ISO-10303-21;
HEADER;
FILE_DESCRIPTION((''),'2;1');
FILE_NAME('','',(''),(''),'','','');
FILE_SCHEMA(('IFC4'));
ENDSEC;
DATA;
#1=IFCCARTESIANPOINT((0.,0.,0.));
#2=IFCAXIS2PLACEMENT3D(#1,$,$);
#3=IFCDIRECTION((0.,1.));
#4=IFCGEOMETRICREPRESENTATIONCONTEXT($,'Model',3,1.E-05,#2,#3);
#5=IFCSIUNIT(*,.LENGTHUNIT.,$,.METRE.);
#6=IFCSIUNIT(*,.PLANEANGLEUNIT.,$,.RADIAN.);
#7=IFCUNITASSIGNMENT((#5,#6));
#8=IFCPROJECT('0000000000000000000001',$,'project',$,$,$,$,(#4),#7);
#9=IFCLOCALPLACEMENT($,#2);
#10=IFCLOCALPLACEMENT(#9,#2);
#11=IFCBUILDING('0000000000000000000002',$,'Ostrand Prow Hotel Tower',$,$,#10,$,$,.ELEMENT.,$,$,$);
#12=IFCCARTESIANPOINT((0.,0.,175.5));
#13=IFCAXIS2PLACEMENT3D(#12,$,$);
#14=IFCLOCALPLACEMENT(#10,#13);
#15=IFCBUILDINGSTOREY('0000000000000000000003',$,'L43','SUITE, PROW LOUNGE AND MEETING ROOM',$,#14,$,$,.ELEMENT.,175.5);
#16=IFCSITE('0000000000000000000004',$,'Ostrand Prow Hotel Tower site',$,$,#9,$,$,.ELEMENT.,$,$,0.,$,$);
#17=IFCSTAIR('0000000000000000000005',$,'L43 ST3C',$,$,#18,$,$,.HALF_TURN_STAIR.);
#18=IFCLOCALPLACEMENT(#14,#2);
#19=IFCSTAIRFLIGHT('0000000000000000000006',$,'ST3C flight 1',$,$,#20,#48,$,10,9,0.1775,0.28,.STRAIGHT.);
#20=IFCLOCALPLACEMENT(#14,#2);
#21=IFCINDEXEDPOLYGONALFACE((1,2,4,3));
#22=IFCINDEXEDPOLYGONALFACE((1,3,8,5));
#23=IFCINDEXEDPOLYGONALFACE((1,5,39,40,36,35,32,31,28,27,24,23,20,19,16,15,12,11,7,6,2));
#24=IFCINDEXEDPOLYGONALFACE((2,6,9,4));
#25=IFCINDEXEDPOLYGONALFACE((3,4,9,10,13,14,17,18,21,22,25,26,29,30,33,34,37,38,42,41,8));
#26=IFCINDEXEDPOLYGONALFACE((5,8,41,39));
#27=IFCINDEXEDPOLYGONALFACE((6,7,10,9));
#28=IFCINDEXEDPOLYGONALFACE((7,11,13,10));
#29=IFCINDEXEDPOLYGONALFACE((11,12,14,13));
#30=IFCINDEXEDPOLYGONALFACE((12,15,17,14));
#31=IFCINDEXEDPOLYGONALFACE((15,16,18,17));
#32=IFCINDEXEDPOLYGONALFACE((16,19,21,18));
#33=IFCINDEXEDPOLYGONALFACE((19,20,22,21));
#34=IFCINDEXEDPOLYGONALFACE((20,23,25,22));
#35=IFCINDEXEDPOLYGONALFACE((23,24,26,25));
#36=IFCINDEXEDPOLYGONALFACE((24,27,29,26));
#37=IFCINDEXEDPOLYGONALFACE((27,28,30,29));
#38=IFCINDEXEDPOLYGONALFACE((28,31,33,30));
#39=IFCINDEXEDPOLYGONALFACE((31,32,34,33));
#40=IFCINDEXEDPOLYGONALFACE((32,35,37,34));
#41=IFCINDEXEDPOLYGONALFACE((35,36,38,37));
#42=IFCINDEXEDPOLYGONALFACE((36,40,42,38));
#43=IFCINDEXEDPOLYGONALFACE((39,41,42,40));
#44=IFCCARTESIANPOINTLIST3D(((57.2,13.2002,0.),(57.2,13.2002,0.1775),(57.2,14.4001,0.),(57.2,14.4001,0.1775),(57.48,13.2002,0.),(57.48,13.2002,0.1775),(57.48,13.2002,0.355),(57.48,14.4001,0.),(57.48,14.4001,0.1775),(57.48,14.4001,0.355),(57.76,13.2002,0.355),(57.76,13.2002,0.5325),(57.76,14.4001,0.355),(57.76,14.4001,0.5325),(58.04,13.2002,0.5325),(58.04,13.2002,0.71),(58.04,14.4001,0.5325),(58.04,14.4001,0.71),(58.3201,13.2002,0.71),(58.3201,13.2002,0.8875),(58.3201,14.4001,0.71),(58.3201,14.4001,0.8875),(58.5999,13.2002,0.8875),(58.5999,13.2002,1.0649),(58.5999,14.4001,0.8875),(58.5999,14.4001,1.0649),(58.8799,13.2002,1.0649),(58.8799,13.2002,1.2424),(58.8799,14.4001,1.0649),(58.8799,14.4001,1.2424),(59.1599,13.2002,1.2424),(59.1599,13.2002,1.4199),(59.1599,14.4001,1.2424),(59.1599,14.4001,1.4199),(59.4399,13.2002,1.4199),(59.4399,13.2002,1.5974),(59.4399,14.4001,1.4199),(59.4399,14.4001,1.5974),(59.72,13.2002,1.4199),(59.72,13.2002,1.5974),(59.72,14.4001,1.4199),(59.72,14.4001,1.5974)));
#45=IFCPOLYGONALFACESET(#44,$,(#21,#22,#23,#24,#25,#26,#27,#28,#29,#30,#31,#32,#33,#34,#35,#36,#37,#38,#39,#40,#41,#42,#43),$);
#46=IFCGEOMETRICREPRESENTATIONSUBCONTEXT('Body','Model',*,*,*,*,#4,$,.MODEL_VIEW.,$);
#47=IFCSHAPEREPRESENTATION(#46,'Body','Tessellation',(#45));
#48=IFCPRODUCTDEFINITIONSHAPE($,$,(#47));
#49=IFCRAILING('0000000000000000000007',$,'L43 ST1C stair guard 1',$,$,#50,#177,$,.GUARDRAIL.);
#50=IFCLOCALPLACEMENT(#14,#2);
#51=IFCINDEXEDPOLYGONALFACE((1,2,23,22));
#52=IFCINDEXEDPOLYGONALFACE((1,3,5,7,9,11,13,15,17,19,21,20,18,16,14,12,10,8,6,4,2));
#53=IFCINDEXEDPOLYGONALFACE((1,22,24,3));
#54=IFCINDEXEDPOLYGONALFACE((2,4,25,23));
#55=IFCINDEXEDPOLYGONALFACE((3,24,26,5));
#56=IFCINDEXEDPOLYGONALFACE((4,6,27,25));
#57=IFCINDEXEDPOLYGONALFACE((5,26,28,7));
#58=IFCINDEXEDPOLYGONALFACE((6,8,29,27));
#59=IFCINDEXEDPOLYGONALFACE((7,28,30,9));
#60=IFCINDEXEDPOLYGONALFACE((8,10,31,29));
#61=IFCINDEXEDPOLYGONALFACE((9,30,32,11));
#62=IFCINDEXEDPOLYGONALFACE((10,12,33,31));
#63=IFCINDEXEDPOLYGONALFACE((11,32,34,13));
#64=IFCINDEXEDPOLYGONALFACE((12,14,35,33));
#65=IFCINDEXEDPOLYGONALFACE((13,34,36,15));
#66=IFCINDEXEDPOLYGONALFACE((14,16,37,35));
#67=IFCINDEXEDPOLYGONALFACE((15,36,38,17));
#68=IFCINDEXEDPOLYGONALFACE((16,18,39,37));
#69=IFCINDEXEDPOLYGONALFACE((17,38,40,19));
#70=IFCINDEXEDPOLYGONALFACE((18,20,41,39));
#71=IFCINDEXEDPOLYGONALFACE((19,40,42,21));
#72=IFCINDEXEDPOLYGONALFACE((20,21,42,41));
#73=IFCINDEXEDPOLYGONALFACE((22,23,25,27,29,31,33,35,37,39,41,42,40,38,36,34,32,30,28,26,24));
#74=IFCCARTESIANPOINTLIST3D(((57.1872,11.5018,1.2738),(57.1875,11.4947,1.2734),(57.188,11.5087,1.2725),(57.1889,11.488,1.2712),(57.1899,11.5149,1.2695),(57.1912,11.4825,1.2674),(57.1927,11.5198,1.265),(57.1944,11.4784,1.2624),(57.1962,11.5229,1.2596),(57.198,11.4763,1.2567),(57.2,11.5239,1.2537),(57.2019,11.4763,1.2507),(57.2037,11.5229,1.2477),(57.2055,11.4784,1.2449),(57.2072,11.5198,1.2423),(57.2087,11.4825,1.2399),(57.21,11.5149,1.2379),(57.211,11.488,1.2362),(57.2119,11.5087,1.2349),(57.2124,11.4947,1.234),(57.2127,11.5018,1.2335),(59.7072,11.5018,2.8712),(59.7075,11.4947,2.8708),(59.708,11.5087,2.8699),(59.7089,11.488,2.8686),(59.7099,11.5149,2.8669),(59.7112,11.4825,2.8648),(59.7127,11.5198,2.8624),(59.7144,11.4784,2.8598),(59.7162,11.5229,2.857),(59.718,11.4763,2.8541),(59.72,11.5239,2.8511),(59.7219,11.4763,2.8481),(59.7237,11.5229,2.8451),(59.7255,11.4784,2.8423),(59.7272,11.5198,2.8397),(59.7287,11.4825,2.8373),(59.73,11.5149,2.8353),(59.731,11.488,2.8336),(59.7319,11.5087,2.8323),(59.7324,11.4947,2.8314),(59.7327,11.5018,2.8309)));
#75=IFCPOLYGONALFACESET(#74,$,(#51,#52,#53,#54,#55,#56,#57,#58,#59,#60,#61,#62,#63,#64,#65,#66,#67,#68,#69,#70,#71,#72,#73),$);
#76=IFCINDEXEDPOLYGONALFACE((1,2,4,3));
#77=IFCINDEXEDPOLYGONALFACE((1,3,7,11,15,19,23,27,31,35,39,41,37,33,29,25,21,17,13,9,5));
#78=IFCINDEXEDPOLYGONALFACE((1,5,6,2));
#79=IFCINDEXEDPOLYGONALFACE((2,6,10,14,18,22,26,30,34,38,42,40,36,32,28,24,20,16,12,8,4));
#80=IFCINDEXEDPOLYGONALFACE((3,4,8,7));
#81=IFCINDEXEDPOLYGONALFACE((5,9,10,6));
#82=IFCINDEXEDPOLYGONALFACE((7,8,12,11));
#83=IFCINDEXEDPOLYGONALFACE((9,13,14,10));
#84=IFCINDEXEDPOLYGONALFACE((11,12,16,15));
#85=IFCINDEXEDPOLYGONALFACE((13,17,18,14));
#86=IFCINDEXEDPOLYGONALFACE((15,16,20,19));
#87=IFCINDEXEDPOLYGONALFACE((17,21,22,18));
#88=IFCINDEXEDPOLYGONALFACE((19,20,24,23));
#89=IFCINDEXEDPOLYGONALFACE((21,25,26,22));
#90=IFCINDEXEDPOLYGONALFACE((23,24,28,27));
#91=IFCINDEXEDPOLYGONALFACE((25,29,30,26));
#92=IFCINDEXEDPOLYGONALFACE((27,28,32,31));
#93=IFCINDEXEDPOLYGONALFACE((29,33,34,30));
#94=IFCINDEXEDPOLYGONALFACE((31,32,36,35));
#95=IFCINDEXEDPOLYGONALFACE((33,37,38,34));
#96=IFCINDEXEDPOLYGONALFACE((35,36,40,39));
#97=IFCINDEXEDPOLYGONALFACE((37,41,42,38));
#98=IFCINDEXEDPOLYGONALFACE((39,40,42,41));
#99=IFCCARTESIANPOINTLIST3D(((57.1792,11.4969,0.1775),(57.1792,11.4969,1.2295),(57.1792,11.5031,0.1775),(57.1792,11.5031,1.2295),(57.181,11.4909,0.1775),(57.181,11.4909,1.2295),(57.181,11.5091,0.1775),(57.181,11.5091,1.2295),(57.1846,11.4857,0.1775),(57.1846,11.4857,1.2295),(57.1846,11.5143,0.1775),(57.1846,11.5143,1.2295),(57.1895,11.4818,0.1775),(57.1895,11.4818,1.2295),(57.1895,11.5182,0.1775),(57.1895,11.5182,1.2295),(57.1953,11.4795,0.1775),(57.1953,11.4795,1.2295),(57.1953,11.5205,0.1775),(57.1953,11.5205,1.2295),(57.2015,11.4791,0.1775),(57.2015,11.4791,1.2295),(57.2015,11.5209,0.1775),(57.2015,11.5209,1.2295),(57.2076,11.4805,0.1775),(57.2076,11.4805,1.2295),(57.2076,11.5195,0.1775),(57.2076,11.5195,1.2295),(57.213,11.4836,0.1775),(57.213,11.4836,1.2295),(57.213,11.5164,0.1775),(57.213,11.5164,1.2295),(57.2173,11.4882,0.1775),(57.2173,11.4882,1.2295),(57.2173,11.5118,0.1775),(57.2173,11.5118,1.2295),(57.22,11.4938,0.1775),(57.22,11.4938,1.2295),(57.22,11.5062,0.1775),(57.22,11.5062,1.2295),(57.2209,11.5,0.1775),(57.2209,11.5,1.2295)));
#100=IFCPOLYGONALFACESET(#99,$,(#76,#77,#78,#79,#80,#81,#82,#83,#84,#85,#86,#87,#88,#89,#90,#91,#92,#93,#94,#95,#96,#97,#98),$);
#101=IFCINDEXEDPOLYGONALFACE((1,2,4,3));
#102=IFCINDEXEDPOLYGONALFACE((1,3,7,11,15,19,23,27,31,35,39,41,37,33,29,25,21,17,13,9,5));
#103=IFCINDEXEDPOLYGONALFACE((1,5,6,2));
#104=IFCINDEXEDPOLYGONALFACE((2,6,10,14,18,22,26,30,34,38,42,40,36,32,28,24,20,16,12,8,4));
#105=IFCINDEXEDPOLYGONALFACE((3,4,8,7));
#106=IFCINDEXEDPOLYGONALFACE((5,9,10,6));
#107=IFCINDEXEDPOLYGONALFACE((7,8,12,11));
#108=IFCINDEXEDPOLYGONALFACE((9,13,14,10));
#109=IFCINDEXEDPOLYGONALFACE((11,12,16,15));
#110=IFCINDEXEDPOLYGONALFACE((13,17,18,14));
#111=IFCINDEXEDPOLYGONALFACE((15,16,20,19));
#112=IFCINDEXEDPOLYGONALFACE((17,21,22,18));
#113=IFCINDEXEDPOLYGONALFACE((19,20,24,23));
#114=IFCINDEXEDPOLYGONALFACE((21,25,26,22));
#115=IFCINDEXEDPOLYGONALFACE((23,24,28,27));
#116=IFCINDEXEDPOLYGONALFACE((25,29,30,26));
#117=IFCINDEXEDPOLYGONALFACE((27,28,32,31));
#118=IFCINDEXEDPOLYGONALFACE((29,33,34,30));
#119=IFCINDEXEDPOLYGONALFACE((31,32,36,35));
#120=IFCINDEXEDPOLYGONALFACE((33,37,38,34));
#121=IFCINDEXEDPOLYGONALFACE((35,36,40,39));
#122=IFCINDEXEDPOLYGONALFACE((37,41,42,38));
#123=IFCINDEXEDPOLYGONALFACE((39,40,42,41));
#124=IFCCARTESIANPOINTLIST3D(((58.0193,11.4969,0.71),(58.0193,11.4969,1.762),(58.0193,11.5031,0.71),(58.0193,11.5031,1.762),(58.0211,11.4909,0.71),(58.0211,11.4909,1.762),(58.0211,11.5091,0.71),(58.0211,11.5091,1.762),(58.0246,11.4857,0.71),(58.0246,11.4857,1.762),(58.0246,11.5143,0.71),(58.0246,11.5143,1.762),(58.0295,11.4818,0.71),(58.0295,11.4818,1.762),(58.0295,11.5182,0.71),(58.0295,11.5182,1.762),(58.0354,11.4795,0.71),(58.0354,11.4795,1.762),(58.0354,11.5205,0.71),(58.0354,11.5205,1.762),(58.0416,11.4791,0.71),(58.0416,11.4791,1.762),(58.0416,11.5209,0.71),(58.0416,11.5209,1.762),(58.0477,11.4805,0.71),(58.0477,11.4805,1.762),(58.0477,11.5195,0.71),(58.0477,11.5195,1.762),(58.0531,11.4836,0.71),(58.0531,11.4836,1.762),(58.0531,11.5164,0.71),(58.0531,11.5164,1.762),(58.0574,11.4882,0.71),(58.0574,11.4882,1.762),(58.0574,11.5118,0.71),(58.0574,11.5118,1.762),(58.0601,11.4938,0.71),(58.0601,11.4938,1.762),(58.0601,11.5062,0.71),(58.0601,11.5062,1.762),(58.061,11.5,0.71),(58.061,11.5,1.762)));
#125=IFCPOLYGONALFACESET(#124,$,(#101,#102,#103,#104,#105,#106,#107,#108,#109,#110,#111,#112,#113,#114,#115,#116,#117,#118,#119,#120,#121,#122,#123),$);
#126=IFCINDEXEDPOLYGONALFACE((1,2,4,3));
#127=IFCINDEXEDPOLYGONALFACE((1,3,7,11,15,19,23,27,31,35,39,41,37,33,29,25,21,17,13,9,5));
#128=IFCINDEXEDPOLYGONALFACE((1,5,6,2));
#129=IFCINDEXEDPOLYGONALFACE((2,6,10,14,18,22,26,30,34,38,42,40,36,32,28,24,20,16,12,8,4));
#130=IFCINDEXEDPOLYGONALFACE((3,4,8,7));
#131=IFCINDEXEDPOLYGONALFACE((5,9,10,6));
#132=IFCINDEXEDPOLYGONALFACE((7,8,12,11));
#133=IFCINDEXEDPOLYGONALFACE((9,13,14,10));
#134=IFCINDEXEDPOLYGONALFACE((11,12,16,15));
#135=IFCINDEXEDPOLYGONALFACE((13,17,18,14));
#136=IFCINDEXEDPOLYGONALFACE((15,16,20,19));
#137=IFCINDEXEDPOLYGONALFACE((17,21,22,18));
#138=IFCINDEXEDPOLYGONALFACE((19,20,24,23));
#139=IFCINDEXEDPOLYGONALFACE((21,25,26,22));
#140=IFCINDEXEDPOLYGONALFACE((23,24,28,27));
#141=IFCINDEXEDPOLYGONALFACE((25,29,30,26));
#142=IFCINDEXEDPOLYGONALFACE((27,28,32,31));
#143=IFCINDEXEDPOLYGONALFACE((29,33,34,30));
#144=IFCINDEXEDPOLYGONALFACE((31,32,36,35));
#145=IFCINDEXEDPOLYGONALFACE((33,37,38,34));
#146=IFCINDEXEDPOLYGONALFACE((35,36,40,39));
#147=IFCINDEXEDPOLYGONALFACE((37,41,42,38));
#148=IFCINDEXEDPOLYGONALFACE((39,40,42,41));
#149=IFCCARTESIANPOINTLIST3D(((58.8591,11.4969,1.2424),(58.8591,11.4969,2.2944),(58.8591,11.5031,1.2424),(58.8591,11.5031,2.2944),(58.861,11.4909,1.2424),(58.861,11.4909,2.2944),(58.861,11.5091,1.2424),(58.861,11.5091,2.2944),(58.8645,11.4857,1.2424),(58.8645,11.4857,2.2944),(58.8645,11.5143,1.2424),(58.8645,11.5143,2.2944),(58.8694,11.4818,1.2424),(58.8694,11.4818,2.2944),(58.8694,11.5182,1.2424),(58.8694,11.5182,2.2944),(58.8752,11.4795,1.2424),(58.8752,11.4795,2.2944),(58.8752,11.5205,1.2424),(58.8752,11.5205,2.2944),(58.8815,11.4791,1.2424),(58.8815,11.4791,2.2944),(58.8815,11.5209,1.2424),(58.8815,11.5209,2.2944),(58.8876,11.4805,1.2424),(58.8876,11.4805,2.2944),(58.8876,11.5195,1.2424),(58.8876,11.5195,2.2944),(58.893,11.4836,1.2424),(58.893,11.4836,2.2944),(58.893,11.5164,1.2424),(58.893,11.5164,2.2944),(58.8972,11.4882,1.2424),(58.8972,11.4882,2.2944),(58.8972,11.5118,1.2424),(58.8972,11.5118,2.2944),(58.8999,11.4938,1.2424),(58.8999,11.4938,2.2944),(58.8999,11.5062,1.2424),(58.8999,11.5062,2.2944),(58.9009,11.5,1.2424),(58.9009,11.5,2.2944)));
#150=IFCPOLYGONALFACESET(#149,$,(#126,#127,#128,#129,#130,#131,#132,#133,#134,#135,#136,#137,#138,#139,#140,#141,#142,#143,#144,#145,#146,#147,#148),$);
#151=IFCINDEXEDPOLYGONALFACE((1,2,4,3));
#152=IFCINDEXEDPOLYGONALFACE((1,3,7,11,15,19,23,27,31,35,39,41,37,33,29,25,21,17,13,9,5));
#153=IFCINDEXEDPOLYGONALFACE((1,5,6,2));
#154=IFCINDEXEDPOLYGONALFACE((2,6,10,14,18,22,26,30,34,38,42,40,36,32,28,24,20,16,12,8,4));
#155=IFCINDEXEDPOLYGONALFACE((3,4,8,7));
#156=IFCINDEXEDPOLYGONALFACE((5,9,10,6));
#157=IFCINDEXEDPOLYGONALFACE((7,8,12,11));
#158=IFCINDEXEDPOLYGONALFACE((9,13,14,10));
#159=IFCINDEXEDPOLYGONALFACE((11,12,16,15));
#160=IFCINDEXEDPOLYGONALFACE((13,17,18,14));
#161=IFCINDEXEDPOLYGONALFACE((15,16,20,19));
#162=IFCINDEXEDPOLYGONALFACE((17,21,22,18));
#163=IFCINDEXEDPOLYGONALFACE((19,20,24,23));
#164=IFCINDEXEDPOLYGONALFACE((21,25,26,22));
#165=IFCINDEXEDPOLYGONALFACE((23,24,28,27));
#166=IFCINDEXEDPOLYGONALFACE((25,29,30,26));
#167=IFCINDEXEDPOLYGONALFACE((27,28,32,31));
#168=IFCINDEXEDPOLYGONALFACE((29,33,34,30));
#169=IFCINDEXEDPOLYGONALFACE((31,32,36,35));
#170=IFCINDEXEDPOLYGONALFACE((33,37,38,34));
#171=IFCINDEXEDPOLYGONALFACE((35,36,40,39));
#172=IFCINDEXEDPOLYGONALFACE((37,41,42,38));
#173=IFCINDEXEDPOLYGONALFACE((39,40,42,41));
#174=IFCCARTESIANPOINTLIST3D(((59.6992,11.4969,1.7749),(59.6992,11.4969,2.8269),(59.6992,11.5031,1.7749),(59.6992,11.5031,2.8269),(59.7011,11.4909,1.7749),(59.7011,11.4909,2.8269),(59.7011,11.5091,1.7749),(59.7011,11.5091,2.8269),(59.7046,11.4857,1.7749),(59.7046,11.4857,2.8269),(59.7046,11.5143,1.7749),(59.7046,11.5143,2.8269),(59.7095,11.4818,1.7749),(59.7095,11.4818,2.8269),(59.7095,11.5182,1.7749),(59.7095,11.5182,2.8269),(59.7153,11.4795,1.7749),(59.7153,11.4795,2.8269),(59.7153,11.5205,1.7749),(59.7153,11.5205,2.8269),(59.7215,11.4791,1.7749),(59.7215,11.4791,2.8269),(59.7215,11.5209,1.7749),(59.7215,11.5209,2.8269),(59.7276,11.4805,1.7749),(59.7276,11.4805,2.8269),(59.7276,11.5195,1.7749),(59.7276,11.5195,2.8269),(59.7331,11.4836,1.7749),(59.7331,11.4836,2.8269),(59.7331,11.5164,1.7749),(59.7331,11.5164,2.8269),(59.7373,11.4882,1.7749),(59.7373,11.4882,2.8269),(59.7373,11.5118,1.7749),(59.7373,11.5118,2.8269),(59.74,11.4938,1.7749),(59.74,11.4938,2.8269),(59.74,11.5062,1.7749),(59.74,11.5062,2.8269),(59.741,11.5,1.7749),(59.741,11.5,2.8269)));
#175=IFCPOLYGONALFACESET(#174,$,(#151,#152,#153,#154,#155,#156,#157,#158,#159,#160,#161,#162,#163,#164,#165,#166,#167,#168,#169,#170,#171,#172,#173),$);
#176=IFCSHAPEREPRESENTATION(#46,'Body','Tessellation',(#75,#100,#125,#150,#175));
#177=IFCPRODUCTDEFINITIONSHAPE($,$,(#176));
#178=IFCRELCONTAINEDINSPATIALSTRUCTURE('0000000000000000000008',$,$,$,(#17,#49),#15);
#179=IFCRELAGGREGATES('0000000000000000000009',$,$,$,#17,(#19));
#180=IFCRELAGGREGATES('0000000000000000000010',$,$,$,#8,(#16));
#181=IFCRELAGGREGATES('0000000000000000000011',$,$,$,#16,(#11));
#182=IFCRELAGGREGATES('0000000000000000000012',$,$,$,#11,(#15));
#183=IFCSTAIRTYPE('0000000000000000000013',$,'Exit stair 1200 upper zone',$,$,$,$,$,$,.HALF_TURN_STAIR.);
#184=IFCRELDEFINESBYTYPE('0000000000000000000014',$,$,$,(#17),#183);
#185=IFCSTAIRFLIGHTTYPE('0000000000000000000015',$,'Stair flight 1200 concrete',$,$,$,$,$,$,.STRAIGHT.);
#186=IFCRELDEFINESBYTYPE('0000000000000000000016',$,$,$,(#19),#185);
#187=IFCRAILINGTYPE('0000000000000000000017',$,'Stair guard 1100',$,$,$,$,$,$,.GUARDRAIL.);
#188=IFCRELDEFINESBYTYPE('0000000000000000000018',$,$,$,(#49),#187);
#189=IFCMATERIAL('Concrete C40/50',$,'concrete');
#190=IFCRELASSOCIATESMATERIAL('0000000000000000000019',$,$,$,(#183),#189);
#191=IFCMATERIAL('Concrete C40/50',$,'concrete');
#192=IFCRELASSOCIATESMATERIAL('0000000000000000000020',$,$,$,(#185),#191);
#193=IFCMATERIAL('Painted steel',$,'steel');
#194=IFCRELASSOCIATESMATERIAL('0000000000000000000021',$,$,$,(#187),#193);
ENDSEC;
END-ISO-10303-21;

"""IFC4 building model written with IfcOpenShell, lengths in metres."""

from ifc_helpers import new_model, si_unit, direction, frame, origin, origin_2d, place, context, subcontext, project, spatial, polyline, circle, outline, extrude, material, type_object, element, aggregate, save


model = new_model("IFC4")

# Units and contexts
model_context = context("Model", 3, precision=1e-05, world=origin(), true_north=direction((0.0, 1.0)))
body_context = subcontext(model_context, "Body", "Model", "MODEL_VIEW")
ifc_project = project(units=[si_unit("LENGTHUNIT", "METRE"), si_unit("PLANEANGLEUNIT", "RADIAN")], contexts=[model_context])

# Site, building, storey
site_placement = place(None, origin())
site = spatial("IfcSite", under=ifc_project, at=site_placement, Name="Ostrand Prow Hotel Tower site", CompositionType="ELEMENT", RefElevation=0.0)
building_placement = place(site_placement, origin())
building = spatial("IfcBuilding", under=site, at=building_placement, Name="Ostrand Prow Hotel Tower", CompositionType="ELEMENT")
storey_placement = place(building_placement, frame((0.0, 0.0, 175.5)))
storey = spatial("IfcBuildingStorey", under=building, at=storey_placement, Name="L43", Description="SUITE, PROW LOUNGE AND MEETING ROOM", CompositionType="ELEMENT", Elevation=175.5)

# Shared definitions
ifc_material_1 = material(Name="Concrete C40/50", Category="concrete")
stair_type = type_object("IfcStairType", Name="Exit stair 1200 upper zone", PredefinedType="HALF_TURN_STAIR", material=ifc_material_1)
ifc_material_2 = material(Name="Concrete C40/50", Category="concrete")
stair_flight_type = type_object("IfcStairFlightType", Name="Stair flight 1200 concrete", PredefinedType="STRAIGHT", material=ifc_material_2)

# Stair, stair flight
stair_1_placement = place(storey_placement, origin())
stair_1 = element("IfcStair", 1, at=stair_1_placement, inside=storey, type_object=stair_type, Name="L43 ST3C", PredefinedType="HALF_TURN_STAIR")
stair_flight_1_placement = place(storey_placement, frame((57.2, 13.8, 0.0), z_axis=(0.0, 0.0, 1.0), x_axis=(1.0, 0.0, 0.0)))
stair_flight_1 = element("IfcStairFlight", 2, at=stair_flight_1_placement, type_object=stair_flight_type, Name="ST3C flight 1", NumberOfRisers=10, NumberOfTreads=9, PredefinedType="STRAIGHT", RiserHeight=0.1775, TreadLength=0.28, context=body_context, shape_type="SweptSolid", body=[
    extrude(outline(polyline([(0.0, 0.0), (0.0, 0.1775), (0.28, 0.1775), (0.28, 0.355), (0.5601, 0.355), (0.5601, 0.5325), (0.8401, 0.5325), (0.8401, 0.71), (1.1201, 0.71), (1.1201, 0.8875), (1.3999, 0.8875), (1.3999, 1.0649), (1.6799, 1.0649), (1.6799, 1.2424), (1.96, 1.2424), (1.96, 1.4199), (2.24, 1.4199), (2.24, 1.5974), (2.52, 1.5974), (2.52, 1.7749), (2.52, 1.4199), (0.28, 0.0), (0.0, 0.0)])), frame((0.0, 0.6001, 0.0), z_axis=(0.0, -1.0, 0.0), x_axis=(1.0, 0.0, 0.0)), (0.0, 0.0, 1.0), 1.2),
])
aggregate(stair_1, [stair_flight_1])

# Railing
ifc_material_3 = material(Name="Painted steel", Category="steel")
railing_type_1 = type_object("IfcRailingType", Name="Stair guard 1100", PredefinedType="GUARDRAIL", material=ifc_material_3)
railing_1_placement = place(storey_placement, frame((57.2, 11.5, 0.1775)))
element("IfcRailing", 3, at=railing_1_placement, inside=storey, type_object=railing_type_1, Name="L43 ST1C stair guard 1", PredefinedType="GUARDRAIL", context=body_context, shape_type="SweptSolid", body=[
    extrude(circle(Radius=0.0239, at=origin_2d()), frame((0.0, 0.0, 1.0762), z_axis=(0.844607, 0.0, 0.535387), x_axis=(0.0, 1.0, 0.0)), (0.0, 0.0, 1.0), 2.9836),
    extrude(circle(Radius=0.021, at=origin_2d()), origin(), (0.0, 0.0, 1.0), 1.052),
    extrude(circle(Radius=0.021, at=origin_2d()), frame((0.8401, 0.0, 0.5325)), (0.0, 0.0, 1.0), 1.052),
    extrude(circle(Radius=0.021, at=origin_2d()), frame((1.6799, 0.0, 1.0649)), (0.0, 0.0, 1.0), 1.052),
    extrude(circle(Radius=0.021, at=origin_2d()), frame((2.52, 0.0, 1.5974)), (0.0, 0.0, 1.0), 1.052),
])

save(model, "model.ifc")
